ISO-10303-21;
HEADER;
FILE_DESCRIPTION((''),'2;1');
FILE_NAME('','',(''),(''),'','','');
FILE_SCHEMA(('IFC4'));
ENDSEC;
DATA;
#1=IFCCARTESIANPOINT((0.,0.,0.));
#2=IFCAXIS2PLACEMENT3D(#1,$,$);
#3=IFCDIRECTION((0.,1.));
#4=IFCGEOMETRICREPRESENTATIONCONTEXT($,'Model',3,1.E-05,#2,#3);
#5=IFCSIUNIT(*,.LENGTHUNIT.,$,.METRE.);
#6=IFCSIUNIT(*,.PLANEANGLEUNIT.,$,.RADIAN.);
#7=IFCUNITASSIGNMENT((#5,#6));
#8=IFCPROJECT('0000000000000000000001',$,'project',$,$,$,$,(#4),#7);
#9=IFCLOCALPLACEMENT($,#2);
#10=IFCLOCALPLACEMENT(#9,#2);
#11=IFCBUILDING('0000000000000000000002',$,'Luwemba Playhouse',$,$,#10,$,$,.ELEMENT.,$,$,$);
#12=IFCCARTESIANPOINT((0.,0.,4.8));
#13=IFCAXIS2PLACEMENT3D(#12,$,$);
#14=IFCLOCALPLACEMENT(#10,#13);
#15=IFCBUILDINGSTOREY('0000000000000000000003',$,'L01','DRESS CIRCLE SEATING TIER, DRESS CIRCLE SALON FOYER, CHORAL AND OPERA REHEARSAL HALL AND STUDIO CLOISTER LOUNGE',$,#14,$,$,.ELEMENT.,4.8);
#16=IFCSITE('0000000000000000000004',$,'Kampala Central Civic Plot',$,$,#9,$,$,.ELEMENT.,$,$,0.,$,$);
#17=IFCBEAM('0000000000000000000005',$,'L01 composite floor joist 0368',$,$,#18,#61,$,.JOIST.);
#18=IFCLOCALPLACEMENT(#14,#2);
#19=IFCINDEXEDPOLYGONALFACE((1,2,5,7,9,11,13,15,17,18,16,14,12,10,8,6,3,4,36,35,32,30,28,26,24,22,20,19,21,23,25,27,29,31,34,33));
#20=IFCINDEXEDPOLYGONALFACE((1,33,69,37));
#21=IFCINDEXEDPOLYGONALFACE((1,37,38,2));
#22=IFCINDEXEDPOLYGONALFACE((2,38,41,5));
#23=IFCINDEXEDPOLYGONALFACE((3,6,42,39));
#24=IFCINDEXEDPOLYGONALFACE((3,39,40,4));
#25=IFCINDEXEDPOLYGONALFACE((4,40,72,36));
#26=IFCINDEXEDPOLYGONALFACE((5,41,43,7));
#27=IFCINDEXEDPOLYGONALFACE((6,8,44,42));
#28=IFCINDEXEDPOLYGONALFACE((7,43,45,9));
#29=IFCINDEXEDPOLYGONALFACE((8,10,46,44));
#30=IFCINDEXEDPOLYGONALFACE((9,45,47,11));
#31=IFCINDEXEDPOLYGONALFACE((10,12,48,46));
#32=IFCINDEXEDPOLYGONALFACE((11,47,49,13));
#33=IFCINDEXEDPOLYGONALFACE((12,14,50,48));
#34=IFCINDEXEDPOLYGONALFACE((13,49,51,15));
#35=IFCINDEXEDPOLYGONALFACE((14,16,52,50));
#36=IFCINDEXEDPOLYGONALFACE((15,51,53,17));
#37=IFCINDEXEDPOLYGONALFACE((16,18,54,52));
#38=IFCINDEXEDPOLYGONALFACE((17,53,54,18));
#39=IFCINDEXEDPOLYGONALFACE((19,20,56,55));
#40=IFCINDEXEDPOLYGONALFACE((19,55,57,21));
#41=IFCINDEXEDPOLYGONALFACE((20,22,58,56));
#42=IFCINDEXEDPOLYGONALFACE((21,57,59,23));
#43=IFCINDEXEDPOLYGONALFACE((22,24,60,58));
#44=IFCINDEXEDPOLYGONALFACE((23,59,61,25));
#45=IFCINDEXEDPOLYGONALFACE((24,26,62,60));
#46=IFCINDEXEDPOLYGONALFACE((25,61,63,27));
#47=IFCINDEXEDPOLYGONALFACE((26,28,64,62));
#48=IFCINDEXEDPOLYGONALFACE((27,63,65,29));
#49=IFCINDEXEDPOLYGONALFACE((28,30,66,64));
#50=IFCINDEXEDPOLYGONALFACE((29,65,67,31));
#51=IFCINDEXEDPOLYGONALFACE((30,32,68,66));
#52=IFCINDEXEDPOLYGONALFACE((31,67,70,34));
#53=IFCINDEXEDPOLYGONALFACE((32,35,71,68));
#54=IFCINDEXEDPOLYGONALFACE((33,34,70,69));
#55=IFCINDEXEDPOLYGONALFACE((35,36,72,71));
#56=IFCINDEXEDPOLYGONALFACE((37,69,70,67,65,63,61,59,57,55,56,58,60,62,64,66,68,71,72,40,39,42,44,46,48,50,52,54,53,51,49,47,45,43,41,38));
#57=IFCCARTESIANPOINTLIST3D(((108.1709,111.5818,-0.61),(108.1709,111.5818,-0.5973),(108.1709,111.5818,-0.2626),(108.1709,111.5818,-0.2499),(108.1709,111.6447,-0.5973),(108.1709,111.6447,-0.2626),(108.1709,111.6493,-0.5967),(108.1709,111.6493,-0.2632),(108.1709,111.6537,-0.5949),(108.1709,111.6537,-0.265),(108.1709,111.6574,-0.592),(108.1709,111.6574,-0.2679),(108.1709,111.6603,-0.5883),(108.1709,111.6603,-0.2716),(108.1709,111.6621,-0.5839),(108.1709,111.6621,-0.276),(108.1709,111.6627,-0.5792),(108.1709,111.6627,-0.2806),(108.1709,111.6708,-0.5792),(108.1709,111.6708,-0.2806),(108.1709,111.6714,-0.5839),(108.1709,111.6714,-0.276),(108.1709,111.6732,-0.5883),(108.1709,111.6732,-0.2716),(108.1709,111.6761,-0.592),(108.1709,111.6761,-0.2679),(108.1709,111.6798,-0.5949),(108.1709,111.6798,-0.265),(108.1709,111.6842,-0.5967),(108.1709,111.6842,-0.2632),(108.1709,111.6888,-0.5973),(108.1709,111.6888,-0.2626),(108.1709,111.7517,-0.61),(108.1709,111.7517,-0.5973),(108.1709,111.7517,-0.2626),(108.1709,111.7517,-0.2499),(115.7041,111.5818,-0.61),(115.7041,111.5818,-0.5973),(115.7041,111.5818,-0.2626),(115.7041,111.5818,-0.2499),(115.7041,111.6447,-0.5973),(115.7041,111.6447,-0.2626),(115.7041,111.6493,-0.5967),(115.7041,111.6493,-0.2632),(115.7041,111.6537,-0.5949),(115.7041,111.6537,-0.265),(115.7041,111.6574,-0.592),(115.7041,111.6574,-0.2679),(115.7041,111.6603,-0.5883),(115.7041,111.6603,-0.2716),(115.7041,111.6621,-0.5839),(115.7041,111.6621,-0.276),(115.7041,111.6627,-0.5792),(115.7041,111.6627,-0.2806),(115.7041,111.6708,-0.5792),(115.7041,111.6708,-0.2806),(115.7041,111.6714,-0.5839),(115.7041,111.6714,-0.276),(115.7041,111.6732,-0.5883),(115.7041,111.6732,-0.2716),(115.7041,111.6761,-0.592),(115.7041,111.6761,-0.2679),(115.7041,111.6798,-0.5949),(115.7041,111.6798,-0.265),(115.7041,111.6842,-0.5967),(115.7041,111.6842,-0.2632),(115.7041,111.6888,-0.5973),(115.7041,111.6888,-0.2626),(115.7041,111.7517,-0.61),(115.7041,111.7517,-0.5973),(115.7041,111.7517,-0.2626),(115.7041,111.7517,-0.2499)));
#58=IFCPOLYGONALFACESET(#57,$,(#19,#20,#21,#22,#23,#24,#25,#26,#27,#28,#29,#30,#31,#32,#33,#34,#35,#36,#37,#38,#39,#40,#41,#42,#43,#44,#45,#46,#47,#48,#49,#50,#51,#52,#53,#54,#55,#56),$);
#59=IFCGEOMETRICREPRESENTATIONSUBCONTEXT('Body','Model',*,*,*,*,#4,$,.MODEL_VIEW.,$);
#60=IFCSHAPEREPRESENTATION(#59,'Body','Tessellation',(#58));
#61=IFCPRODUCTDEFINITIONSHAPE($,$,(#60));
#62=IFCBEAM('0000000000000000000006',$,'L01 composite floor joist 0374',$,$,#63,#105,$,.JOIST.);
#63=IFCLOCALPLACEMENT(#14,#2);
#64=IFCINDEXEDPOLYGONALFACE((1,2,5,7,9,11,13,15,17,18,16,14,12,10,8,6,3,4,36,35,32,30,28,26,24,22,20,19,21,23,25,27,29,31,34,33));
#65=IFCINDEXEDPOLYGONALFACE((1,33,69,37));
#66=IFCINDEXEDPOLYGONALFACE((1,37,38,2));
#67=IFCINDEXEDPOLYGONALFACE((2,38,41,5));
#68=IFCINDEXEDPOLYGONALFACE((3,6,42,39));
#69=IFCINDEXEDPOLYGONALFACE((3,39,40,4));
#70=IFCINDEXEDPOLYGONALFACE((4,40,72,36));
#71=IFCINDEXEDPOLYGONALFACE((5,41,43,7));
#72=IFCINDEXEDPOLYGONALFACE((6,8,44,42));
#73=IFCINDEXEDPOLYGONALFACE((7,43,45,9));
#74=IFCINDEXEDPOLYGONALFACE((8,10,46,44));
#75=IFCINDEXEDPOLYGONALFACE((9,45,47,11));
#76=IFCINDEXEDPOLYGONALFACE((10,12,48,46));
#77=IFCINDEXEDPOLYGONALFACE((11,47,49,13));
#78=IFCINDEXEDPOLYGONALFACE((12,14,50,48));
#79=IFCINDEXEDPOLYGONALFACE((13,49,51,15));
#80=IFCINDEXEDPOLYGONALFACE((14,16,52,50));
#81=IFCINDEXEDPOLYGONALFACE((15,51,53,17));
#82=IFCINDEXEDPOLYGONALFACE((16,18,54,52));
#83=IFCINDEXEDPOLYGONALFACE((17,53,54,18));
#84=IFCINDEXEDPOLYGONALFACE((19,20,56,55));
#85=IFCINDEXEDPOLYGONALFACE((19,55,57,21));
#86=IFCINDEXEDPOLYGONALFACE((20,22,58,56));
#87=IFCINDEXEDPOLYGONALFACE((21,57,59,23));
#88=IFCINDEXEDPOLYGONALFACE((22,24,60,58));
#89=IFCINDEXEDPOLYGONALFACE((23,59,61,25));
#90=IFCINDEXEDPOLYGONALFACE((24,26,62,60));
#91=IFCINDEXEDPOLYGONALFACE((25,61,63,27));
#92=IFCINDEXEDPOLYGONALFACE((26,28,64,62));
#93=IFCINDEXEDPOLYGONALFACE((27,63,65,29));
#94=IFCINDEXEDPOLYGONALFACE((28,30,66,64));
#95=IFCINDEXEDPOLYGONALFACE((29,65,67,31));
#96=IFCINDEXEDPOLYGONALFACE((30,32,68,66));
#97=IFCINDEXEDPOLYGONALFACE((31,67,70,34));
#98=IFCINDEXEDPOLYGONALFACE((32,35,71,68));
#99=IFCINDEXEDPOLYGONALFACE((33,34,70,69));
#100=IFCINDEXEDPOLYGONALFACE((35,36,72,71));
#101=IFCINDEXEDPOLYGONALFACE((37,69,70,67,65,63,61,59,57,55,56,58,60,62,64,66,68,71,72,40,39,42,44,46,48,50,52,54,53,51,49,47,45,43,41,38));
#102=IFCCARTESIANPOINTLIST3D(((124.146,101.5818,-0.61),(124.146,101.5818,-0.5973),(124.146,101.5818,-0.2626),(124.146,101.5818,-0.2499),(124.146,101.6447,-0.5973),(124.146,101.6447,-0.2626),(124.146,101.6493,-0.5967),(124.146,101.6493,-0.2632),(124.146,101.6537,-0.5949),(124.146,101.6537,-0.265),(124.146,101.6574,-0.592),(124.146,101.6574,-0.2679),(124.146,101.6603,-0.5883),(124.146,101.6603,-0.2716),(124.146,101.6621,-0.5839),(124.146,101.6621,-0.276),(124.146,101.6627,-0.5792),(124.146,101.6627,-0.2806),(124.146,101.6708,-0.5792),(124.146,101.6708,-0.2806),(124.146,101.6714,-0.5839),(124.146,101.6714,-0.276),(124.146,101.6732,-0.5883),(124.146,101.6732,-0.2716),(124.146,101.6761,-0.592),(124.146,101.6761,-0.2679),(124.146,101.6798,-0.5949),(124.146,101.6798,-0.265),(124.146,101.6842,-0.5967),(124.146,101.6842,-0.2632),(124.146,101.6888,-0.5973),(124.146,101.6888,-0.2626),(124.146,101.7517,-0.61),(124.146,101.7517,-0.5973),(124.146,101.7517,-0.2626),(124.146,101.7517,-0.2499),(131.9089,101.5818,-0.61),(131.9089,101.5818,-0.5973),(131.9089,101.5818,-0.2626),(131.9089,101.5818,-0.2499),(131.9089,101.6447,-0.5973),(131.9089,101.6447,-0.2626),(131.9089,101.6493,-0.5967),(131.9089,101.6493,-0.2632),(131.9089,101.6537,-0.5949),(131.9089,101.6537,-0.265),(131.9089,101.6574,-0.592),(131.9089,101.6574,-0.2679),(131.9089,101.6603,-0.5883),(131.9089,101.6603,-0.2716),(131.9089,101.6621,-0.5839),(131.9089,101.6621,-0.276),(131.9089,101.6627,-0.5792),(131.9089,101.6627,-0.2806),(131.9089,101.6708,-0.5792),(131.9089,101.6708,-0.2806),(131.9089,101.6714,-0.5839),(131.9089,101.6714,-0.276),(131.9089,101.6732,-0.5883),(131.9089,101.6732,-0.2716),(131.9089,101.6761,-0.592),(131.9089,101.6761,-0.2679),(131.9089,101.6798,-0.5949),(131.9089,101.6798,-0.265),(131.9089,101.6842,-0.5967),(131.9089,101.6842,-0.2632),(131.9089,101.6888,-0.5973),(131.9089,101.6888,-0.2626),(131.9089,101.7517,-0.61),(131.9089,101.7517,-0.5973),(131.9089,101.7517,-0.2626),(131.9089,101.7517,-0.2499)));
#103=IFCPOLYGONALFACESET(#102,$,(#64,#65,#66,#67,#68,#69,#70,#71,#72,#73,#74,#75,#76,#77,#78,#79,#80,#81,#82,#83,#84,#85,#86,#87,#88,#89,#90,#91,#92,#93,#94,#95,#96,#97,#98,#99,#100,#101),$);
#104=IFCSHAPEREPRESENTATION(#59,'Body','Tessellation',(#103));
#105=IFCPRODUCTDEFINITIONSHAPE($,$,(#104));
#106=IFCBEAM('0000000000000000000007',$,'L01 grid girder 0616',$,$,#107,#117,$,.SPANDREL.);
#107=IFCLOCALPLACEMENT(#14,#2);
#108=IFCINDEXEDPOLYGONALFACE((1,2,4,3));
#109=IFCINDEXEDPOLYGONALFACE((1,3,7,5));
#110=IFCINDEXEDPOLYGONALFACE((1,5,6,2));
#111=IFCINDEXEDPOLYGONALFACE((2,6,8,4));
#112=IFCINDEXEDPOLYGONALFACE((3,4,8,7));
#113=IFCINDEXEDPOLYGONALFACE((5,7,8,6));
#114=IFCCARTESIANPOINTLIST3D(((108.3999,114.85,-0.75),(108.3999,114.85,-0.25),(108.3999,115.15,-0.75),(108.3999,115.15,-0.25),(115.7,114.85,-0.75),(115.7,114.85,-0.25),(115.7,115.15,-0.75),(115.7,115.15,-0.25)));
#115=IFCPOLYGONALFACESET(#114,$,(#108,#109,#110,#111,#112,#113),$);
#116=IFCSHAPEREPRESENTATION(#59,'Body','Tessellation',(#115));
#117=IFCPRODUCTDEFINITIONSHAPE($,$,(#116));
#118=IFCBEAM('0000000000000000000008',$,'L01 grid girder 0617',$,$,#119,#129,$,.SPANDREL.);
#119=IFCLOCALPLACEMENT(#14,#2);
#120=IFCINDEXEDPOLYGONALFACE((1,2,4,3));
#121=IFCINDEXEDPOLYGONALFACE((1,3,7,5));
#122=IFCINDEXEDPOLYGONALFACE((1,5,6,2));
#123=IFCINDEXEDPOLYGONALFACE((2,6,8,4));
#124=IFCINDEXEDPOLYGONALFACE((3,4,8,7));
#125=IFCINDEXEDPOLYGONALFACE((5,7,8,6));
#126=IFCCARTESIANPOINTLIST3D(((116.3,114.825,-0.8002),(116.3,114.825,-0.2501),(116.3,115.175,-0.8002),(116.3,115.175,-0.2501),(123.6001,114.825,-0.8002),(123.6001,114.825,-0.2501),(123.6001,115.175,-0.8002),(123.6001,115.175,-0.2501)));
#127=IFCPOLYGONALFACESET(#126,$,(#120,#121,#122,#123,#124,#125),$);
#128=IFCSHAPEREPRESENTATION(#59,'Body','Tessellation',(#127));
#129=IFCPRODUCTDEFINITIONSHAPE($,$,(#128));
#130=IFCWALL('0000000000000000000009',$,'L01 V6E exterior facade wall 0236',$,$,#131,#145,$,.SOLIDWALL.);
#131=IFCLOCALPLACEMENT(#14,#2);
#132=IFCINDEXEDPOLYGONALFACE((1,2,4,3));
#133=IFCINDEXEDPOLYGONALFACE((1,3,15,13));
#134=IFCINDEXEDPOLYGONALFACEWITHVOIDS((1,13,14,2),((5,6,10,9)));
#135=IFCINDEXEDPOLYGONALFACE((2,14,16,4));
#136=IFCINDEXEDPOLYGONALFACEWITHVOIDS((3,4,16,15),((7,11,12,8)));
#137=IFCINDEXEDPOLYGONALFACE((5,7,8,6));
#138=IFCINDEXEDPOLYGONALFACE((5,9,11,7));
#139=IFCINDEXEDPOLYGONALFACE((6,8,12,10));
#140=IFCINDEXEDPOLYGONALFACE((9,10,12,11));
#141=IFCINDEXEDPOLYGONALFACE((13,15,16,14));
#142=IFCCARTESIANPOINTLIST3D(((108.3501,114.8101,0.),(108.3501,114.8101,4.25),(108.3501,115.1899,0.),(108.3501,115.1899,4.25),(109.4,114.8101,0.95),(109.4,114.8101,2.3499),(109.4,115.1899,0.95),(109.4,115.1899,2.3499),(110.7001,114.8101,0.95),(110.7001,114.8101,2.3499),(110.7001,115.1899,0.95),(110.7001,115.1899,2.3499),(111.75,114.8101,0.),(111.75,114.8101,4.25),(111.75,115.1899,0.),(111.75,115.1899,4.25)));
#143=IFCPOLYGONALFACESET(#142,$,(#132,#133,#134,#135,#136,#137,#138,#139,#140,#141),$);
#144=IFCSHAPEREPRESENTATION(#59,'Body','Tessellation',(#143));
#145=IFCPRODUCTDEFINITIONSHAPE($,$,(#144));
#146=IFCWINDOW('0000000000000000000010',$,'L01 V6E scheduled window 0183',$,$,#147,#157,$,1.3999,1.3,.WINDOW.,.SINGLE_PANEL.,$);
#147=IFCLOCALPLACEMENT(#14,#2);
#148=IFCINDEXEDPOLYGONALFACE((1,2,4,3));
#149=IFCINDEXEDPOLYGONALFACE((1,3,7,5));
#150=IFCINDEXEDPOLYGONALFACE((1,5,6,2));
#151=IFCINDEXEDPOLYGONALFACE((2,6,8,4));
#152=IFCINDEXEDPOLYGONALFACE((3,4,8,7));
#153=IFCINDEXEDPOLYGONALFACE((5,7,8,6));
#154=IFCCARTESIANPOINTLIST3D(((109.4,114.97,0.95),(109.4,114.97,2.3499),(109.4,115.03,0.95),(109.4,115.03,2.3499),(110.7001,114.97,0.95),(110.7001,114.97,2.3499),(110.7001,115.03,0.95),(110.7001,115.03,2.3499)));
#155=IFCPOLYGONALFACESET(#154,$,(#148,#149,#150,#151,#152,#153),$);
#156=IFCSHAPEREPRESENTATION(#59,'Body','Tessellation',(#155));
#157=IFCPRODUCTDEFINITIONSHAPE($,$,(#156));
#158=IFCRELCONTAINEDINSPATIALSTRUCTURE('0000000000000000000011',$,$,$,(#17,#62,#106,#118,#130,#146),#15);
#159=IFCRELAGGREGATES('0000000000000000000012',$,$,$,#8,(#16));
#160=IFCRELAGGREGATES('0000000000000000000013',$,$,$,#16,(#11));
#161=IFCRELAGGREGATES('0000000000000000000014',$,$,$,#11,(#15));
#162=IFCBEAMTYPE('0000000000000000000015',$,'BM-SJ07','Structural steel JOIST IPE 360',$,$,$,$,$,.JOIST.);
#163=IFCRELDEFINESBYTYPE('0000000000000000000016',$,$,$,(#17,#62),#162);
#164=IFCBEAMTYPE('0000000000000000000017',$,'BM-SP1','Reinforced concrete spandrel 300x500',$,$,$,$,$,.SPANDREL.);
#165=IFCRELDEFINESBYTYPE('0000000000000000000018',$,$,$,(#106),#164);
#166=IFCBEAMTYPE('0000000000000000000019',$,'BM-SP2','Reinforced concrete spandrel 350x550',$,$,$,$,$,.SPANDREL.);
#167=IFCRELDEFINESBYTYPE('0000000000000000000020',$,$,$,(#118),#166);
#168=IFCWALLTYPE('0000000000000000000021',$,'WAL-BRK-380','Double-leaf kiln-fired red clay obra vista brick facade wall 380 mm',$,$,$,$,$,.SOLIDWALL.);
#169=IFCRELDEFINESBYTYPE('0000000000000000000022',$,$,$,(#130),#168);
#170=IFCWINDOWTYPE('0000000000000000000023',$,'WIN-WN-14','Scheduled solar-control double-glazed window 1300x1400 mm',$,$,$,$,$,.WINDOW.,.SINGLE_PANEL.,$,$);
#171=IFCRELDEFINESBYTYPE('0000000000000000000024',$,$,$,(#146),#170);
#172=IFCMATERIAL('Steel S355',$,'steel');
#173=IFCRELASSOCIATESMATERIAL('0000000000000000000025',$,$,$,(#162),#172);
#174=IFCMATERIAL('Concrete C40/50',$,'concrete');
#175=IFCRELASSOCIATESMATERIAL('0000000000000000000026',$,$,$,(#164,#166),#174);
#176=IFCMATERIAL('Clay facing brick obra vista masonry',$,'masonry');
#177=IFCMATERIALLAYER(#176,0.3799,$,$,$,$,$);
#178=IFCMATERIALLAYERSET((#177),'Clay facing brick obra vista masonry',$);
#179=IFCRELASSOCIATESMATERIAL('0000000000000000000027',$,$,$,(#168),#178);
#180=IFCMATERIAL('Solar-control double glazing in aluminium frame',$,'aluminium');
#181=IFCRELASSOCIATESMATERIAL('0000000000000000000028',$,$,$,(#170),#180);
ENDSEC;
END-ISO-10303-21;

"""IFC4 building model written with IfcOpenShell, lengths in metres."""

from ifc_helpers import new_model, si_unit, direction, frame, frame_2d, origin, origin_2d, place, context, subcontext, project, spatial, rectangle, i_section, extrude, material, layer, layer_set, material_profile, profile_set, type_object, element, fill, save


model = new_model("IFC4")

# Units and contexts
model_context = context("Model", 3, precision=1e-05, world=origin(), true_north=direction((0.0, 1.0)))
body_context = subcontext(model_context, "Body", "Model", "MODEL_VIEW")
ifc_project = project(units=[si_unit("LENGTHUNIT", "METRE"), si_unit("PLANEANGLEUNIT", "RADIAN")], contexts=[model_context])

# Site, building, storey
site_placement = place(None, origin())
site = spatial("IfcSite", under=ifc_project, at=site_placement, Name="Kampala Central Civic Plot", CompositionType="ELEMENT", RefElevation=0.0)
building_placement = place(site_placement, origin())
building = spatial("IfcBuilding", under=site, at=building_placement, Name="Luwemba Playhouse", CompositionType="ELEMENT")
storey_placement = place(building_placement, frame((0.0, 0.0, 4.8)))
storey = spatial("IfcBuildingStorey", under=building, at=storey_placement, Name="L01", Description="DRESS CIRCLE SEATING TIER, DRESS CIRCLE SALON FOYER, CHORAL AND OPERA REHEARSAL HALL AND STUDIO CLOISTER LOUNGE", CompositionType="ELEMENT", Elevation=4.8)

# Shared definitions
ifc_material_1 = material(Name="Concrete C40/50", Category="concrete")

# Beams
ifc_material_2 = material(Name="Steel S355", Category="steel")
ifc_material_profile_1 = material_profile(ifc_material_2, i_section(OverallWidth=0.1699, OverallDepth=0.3601, WebThickness=0.0081, FlangeThickness=0.0127, FilletRadius=0.0181, at=origin_2d()))
ifc_profile_set_1 = profile_set([ifc_material_profile_1], Name="Steel S355")
beam_type_1 = type_object("IfcBeamType", Name="BM-SJ07", Description="Structural steel JOIST IPE 360", PredefinedType="JOIST", material=ifc_profile_set_1)
beam_1_placement = place(storey_placement, frame((108.1709, 111.6667, -0.4299), z_axis=(1.0, 0.0, 0.0), x_axis=(0.0, 1.0, 0.0)))
element("IfcBeam", 1, at=beam_1_placement, inside=storey, type_object=beam_type_1, Name="L01 composite floor joist 0368", PredefinedType="JOIST", context=body_context, shape_type="SweptSolid", body=[
    extrude(i_section(OverallWidth=0.1699, OverallDepth=0.3601, WebThickness=0.0081, FlangeThickness=0.0127, FilletRadius=0.0181, at=origin_2d()), origin(), (0.0, 0.0, 1.0), 7.5332),
])
beam_2_placement = place(storey_placement, frame((124.146, 101.6667, -0.4299), z_axis=(1.0, 0.0, 0.0), x_axis=(0.0, 1.0, 0.0)))
element("IfcBeam", 2, at=beam_2_placement, inside=storey, type_object=beam_type_1, Name="L01 composite floor joist 0374", PredefinedType="JOIST", context=body_context, shape_type="SweptSolid", body=[
    extrude(i_section(OverallWidth=0.1699, OverallDepth=0.3601, WebThickness=0.0081, FlangeThickness=0.0127, FilletRadius=0.0181, at=origin_2d()), origin(), (0.0, 0.0, 1.0), 7.7629),
])
ifc_material_profile_2 = material_profile(ifc_material_1, rectangle(XDim=0.3, YDim=0.5, at=origin_2d()))
ifc_profile_set_2 = profile_set([ifc_material_profile_2], Name="Concrete C40/50")
beam_type_2 = type_object("IfcBeamType", Name="BM-SP1", Description="Reinforced concrete spandrel 300x500", PredefinedType="SPANDREL", material=ifc_profile_set_2)
beam_3_placement = place(storey_placement, frame((108.3999, 115.0, -0.5), z_axis=(1.0, 0.0, 0.0), x_axis=(0.0, 1.0, 0.0)))
element("IfcBeam", 3, at=beam_3_placement, inside=storey, type_object=beam_type_2, Name="L01 grid girder 0616", PredefinedType="SPANDREL", context=body_context, shape_type="SweptSolid", body=[
    extrude(rectangle(XDim=0.3, YDim=0.5, at=origin_2d()), origin(), (0.0, 0.0, 1.0), 7.3),
])
ifc_material_profile_3 = material_profile(ifc_material_1, rectangle(XDim=0.3501, YDim=0.55, at=origin_2d()))
ifc_profile_set_3 = profile_set([ifc_material_profile_3], Name="Concrete C40/50")
beam_type_3 = type_object("IfcBeamType", Name="BM-SP2", Description="Reinforced concrete spandrel 350x550", PredefinedType="SPANDREL", material=ifc_profile_set_3)
beam_4_placement = place(storey_placement, frame((116.3, 115.0, -0.5251), z_axis=(1.0, 0.0, 0.0), x_axis=(0.0, 1.0, 0.0)))
element("IfcBeam", 4, at=beam_4_placement, inside=storey, type_object=beam_type_3, Name="L01 grid girder 0617", PredefinedType="SPANDREL", context=body_context, shape_type="SweptSolid", body=[
    extrude(rectangle(XDim=0.3501, YDim=0.55, at=origin_2d()), origin(), (0.0, 0.0, 1.0), 7.3),
])

# Wall, opening, window
ifc_material_3 = material(Name="Clay facing brick obra vista masonry", Category="masonry")
ifc_layer_1 = layer(ifc_material_3, 0.3799)
ifc_layer_set_1 = layer_set([ifc_layer_1], Name="Clay facing brick obra vista masonry")
wall_type_1 = type_object("IfcWallType", Name="WAL-BRK-380", Description="Double-leaf kiln-fired red clay obra vista brick facade wall 380 mm", PredefinedType="SOLIDWALL", material=ifc_layer_set_1)
wall_1_placement = place(storey_placement, frame((108.3501, 115.0, 0.0), z_axis=(0.0, 0.0, 1.0), x_axis=(1.0, 0.0, 0.0)))
wall_1 = element("IfcWall", 5, at=wall_1_placement, inside=storey, type_object=wall_type_1, Name="L01 V6E exterior facade wall 0236", PredefinedType="SOLIDWALL", context=body_context, shape_type="SweptSolid", body=[
    extrude(rectangle(XDim=3.3999, YDim=0.3799, at=frame_2d((1.7, 0.0))), origin(), (0.0, 0.0, 1.0), 4.25),
])
opening_1_placement = place(wall_1_placement, frame((1.05, 0.0, 0.95)))
opening_1 = element("IfcOpeningElement", 6, at=opening_1_placement, cuts=wall_1, PredefinedType="OPENING", context=body_context, shape_type="SweptSolid", body=[
    extrude(rectangle(XDim=1.3, YDim=1.3999, at=frame_2d((0.6499, 0.7))), frame((0.0, 0.2, 0.0), z_axis=(0.0, -1.0, 0.0), x_axis=(1.0, 0.0, 0.0)), (0.0, 0.0, 1.0), 0.3999),
])
ifc_material_4 = material(Name="Solar-control double glazing in aluminium frame", Category="aluminium")
window_type_1 = type_object("IfcWindowType", Name="WIN-WN-14", Description="Scheduled solar-control double-glazed window 1300x1400 mm", PartitioningType="SINGLE_PANEL", PredefinedType="WINDOW", material=ifc_material_4)
window_1_placement = place(opening_1_placement, origin())
window_1 = element("IfcWindow", 7, at=window_1_placement, inside=storey, type_object=window_type_1, Name="L01 V6E scheduled window 0183", OverallHeight=1.3999, OverallWidth=1.3, PartitioningType="SINGLE_PANEL", PredefinedType="WINDOW", context=body_context, shape_type="SweptSolid", body=[
    extrude(rectangle(XDim=1.3, YDim=1.3999, at=frame_2d((0.6499, 0.7))), frame((0.0, 0.03, 0.0), z_axis=(0.0, -1.0, 0.0), x_axis=(1.0, 0.0, 0.0)), (0.0, 0.0, 1.0), 0.0601),
])
fill(opening_1, window_1)

save(model, "model.ifc")
